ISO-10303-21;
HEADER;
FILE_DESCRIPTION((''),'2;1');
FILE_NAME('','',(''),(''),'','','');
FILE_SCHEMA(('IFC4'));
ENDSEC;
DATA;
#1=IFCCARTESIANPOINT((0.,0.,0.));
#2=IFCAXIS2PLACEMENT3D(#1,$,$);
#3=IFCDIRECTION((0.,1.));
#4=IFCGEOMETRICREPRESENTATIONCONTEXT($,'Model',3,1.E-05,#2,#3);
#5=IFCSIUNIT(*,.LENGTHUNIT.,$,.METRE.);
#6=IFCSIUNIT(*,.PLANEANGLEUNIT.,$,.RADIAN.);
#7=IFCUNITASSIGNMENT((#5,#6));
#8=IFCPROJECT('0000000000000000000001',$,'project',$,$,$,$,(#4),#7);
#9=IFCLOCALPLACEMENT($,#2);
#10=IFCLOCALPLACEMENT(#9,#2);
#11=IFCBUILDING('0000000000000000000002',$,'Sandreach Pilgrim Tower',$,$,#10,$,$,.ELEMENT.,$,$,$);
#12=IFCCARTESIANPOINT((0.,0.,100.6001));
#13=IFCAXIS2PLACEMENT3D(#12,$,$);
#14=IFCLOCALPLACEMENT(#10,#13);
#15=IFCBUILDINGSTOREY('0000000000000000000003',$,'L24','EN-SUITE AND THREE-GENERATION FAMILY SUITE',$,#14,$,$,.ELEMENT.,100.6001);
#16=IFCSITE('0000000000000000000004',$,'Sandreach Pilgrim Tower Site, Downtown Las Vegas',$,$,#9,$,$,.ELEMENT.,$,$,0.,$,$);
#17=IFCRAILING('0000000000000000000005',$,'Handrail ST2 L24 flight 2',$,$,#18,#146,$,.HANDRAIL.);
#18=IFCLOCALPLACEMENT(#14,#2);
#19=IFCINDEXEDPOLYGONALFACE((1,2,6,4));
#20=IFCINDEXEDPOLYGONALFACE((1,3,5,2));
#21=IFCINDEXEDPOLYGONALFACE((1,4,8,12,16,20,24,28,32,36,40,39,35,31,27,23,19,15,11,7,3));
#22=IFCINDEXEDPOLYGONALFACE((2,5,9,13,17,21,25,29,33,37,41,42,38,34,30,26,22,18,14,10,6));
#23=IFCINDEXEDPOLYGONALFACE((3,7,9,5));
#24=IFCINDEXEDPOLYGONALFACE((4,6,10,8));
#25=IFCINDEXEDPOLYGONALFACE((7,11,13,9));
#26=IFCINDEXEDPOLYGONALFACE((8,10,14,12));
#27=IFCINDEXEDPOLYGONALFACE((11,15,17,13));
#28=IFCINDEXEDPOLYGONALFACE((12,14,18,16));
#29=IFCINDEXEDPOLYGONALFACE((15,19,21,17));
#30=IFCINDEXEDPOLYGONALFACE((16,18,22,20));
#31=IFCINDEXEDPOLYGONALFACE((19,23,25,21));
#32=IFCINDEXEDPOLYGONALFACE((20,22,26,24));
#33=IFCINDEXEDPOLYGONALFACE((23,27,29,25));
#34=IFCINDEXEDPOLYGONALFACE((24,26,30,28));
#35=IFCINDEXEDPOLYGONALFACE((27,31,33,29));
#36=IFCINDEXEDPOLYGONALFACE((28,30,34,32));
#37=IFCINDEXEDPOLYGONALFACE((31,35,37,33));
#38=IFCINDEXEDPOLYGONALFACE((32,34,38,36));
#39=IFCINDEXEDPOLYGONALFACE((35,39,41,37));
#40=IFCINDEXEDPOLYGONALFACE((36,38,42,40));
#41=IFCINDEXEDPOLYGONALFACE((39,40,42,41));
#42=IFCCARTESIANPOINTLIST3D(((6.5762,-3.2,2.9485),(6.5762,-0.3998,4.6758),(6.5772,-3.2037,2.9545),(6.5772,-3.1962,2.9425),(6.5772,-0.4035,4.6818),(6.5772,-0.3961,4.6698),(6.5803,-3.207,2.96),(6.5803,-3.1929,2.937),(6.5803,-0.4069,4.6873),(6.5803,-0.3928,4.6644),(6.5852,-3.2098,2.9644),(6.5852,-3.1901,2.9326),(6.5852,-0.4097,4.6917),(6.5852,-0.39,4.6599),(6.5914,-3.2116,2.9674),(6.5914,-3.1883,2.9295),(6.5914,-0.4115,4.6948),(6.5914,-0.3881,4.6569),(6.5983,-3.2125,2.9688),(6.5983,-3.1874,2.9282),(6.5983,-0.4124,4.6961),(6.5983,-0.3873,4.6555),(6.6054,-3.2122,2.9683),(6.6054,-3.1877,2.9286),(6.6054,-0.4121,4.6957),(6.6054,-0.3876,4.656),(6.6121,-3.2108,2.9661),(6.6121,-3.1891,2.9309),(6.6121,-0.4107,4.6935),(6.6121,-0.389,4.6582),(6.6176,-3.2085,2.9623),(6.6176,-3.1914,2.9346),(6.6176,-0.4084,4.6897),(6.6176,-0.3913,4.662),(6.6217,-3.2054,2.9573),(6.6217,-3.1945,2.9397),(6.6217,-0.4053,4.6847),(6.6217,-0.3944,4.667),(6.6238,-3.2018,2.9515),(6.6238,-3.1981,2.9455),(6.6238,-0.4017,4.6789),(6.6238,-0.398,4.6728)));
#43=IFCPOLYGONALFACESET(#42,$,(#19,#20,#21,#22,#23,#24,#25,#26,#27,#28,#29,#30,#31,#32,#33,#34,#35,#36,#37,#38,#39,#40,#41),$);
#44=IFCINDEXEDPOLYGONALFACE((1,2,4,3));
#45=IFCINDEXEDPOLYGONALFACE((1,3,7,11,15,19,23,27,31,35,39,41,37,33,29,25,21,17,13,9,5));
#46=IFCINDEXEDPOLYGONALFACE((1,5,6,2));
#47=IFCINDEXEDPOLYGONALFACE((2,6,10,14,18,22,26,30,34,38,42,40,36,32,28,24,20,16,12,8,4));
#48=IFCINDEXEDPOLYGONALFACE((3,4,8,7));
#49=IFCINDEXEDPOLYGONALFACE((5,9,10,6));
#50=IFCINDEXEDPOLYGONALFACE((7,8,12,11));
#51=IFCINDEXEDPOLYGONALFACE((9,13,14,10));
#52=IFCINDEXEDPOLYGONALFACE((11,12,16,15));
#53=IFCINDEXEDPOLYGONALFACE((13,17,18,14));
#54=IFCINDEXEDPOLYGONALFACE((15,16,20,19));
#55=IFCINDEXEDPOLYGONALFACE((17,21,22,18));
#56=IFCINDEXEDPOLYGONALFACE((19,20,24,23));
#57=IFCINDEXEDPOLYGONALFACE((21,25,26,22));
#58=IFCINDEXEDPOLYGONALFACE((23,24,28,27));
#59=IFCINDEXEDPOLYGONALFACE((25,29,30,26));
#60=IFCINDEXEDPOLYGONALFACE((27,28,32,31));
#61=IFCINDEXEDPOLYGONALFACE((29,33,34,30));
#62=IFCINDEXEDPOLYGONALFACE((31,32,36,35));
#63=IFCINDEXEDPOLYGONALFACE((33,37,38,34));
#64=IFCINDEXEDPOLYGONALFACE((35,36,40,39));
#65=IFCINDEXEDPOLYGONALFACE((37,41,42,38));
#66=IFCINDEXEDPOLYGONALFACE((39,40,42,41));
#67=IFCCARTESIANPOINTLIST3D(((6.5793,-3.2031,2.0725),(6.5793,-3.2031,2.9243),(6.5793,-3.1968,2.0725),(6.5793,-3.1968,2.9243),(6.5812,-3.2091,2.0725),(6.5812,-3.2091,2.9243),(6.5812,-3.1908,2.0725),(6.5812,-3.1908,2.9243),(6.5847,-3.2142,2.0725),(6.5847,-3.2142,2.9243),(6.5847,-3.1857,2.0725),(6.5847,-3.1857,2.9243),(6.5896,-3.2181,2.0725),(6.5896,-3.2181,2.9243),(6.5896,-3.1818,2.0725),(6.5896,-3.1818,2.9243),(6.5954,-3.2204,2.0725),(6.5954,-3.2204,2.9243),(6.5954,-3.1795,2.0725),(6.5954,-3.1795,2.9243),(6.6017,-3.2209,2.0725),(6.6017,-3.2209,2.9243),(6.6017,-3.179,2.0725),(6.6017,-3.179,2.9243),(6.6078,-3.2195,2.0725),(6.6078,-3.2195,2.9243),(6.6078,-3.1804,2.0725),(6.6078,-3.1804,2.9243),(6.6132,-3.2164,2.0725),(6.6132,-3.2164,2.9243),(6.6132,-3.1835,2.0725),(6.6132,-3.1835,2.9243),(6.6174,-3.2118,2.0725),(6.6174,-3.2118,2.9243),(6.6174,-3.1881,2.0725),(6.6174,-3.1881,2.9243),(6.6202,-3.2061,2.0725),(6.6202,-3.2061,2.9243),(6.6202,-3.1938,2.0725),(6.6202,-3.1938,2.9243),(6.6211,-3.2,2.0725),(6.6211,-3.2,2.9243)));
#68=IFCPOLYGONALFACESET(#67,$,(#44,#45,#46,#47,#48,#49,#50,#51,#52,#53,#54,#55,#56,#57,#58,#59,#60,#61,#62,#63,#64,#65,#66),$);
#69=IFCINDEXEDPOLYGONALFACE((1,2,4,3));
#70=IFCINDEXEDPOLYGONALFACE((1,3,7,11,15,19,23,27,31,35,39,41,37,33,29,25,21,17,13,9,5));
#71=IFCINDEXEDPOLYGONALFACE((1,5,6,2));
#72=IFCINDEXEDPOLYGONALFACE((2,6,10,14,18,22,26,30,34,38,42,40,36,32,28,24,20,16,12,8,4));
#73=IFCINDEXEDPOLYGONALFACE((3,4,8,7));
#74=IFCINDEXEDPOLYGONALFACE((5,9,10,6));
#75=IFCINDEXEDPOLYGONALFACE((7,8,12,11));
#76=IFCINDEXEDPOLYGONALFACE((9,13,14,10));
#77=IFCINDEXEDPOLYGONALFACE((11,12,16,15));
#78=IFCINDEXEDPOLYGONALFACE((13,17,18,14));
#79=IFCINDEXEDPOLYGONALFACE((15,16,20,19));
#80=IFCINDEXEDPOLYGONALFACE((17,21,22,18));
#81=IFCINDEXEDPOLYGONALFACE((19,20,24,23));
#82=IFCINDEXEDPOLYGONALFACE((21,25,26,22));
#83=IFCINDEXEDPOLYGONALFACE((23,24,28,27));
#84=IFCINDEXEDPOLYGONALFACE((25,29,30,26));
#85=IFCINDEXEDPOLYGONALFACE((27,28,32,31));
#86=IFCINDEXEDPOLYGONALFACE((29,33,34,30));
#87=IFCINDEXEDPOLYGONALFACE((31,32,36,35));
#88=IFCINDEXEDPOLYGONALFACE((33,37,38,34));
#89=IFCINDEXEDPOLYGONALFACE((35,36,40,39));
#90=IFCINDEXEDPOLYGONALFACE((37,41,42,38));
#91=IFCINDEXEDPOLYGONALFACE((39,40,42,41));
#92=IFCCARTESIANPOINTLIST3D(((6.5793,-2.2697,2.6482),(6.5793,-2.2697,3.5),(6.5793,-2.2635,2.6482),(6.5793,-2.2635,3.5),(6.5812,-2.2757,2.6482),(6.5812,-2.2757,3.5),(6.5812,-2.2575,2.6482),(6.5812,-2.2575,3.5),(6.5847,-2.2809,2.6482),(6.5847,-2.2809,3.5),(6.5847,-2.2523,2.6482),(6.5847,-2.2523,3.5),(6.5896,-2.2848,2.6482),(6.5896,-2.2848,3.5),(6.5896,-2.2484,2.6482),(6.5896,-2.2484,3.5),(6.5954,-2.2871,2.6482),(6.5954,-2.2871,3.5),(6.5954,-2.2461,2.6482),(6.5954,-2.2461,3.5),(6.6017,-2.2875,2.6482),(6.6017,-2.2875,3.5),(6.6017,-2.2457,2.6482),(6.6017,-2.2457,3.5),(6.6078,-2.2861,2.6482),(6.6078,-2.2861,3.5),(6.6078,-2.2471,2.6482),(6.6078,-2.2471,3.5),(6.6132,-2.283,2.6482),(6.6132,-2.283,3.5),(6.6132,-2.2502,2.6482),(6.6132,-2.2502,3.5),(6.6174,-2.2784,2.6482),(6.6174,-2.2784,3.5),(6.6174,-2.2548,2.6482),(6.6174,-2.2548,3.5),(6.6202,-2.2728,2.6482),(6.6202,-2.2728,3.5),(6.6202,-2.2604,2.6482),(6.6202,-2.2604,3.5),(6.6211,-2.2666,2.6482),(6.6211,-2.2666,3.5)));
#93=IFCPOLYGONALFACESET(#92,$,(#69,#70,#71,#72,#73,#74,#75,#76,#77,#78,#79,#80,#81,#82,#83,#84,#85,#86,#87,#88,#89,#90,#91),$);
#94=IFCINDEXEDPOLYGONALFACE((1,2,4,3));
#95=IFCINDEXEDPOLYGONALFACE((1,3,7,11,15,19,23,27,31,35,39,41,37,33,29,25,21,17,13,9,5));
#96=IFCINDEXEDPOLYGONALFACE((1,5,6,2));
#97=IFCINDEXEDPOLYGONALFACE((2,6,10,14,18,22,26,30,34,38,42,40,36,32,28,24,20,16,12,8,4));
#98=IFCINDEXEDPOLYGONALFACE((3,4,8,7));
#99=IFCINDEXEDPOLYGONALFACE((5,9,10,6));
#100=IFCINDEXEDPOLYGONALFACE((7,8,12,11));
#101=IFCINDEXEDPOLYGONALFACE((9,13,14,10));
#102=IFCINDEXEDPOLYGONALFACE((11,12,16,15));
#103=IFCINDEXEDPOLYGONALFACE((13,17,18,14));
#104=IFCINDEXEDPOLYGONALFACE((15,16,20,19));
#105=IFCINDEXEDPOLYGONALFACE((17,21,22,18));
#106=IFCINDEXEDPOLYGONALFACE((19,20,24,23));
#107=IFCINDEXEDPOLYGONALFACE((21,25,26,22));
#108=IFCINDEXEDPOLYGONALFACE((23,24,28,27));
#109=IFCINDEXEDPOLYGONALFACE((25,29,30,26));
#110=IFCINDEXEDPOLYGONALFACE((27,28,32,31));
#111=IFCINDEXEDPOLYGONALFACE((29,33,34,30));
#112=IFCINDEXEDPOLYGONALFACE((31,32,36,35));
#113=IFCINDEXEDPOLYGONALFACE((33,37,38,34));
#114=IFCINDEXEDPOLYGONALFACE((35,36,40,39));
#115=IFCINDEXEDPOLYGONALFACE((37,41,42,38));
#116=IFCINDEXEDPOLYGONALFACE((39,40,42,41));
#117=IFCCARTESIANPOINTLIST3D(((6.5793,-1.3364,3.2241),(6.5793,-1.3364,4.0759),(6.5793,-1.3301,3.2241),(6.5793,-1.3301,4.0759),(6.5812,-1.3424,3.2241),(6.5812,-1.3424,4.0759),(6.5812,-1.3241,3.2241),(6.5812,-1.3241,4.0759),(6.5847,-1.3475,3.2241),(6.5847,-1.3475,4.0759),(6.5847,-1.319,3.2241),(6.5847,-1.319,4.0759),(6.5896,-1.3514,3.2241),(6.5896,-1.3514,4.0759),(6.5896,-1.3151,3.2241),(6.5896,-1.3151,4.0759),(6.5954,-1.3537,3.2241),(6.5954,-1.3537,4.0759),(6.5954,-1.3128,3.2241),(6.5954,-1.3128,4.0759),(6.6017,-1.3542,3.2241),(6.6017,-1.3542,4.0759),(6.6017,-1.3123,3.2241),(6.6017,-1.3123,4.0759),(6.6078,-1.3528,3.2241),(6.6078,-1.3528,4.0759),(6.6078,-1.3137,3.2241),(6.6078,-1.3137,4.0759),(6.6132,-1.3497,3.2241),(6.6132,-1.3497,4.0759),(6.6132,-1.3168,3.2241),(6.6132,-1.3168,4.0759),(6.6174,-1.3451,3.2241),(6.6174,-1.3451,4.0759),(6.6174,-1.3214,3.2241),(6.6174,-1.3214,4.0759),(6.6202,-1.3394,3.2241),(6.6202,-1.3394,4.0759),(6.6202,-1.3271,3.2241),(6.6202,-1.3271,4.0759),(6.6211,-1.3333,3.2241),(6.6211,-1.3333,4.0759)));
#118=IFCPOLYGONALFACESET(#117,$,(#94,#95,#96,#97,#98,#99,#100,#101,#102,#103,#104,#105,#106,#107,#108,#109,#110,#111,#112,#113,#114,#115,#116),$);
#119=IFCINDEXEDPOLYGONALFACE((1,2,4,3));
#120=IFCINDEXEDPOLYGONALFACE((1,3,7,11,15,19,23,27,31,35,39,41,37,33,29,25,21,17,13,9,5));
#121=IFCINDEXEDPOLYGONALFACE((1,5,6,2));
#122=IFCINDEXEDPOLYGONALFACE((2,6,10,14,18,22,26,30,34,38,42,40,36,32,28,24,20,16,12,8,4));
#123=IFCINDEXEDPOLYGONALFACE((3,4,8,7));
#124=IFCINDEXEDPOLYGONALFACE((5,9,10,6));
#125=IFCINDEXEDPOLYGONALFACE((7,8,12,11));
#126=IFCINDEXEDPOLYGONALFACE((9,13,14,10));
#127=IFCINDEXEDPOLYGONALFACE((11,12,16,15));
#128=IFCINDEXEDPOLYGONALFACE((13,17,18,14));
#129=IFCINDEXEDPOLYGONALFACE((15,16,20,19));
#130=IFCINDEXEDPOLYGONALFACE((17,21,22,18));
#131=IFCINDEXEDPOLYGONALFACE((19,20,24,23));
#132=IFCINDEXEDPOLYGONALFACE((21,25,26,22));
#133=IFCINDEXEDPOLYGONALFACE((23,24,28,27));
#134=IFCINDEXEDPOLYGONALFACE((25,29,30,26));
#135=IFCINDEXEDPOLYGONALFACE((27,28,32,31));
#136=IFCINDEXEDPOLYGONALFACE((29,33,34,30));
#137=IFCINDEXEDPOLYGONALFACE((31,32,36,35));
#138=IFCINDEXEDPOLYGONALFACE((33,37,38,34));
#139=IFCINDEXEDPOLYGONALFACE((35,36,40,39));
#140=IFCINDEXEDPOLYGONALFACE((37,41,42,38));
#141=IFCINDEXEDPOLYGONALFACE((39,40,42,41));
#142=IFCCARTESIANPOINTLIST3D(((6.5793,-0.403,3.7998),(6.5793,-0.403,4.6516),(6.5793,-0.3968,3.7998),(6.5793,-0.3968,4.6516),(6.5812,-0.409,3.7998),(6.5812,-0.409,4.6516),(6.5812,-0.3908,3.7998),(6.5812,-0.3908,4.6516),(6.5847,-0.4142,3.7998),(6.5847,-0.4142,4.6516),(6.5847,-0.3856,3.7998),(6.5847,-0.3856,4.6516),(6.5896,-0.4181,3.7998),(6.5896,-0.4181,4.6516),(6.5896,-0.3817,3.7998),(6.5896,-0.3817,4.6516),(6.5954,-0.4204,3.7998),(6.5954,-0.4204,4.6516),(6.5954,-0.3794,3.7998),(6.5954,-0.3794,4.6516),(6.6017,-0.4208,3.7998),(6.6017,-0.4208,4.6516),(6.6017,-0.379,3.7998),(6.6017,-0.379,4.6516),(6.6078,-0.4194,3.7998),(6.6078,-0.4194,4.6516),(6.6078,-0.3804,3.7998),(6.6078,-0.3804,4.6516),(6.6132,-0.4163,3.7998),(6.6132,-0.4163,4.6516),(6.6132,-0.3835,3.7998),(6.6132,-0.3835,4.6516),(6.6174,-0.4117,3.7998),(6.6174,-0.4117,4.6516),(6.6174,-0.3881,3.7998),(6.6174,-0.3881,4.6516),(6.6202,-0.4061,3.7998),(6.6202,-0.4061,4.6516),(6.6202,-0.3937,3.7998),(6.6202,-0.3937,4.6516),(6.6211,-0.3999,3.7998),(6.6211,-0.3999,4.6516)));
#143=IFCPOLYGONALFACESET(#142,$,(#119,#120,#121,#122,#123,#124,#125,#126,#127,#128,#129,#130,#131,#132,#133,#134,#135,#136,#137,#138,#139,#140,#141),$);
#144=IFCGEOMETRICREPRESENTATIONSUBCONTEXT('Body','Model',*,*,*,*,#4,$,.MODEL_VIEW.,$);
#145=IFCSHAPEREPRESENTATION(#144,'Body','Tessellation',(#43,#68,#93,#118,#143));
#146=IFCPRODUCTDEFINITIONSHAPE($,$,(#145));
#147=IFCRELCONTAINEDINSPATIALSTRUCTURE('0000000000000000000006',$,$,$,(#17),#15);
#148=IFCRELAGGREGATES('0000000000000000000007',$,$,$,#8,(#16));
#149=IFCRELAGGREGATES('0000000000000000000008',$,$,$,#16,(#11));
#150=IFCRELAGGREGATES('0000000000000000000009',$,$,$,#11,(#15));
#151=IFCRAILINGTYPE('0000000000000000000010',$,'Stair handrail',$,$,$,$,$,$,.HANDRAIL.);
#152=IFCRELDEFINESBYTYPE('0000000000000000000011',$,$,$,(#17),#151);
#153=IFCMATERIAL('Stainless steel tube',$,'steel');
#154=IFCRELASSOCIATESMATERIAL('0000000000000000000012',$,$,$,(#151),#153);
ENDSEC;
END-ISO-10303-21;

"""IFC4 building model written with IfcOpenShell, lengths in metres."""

from ifc_helpers import new_model, si_unit, direction, frame, origin, origin_2d, place, context, subcontext, project, spatial, circle, extrude, material, type_object, element, save


model = new_model("IFC4")

# Units and contexts
model_context = context("Model", 3, precision=1e-05, world=origin(), true_north=direction((0.0, 1.0)))
body_context = subcontext(model_context, "Body", "Model", "MODEL_VIEW")
ifc_project = project(units=[si_unit("LENGTHUNIT", "METRE"), si_unit("PLANEANGLEUNIT", "RADIAN")], contexts=[model_context])

# Site, building, storey
site_placement = place(None, origin())
site = spatial("IfcSite", under=ifc_project, at=site_placement, Name="Sandreach Pilgrim Tower Site, Downtown Las Vegas", CompositionType="ELEMENT", RefElevation=0.0)
building_placement = place(site_placement, origin())
building = spatial("IfcBuilding", under=site, at=building_placement, Name="Sandreach Pilgrim Tower", CompositionType="ELEMENT")
storey_placement = place(building_placement, frame((0.0, 0.0, 100.6001)))
storey = spatial("IfcBuildingStorey", under=building, at=storey_placement, Name="L24", Description="EN-SUITE AND THREE-GENERATION FAMILY SUITE", CompositionType="ELEMENT", Elevation=100.6001)

# Railing
ifc_material_1 = material(Name="Stainless steel tube", Category="steel")
railing_type = type_object("IfcRailingType", Name="Stair handrail", PredefinedType="HANDRAIL", material=ifc_material_1)
for number, where, name in (
    (1, (6.6001, -3.2, 2.0725), "Handrail ST2 L24 flight 2"),
):
    element("IfcRailing", number, at=place(storey_placement, frame(where)), inside=storey, type_object=railing_type, Name=name, PredefinedType="HANDRAIL", context=body_context, shape_type="SweptSolid", body=[
        extrude(circle(Radius=0.0239, at=origin_2d()), frame((0.0, 0.0, 0.876), z_axis=(0.0, 0.85109, 0.52502), x_axis=(-1.0, 0.0, 0.0)), (0.0, 0.0, 1.0), 3.29),
        extrude(circle(Radius=0.021, at=origin_2d()), origin(), (0.0, 0.0, 1.0), 0.8518),
        extrude(circle(Radius=0.021, at=origin_2d()), frame((0.0, 0.9333, 0.5757)), (0.0, 0.0, 1.0), 0.8518),
        extrude(circle(Radius=0.021, at=origin_2d()), frame((0.0, 1.8667, 1.1516)), (0.0, 0.0, 1.0), 0.8518),
        extrude(circle(Radius=0.021, at=origin_2d()), frame((0.0, 2.8, 1.7273)), (0.0, 0.0, 1.0), 0.8518),
    ])

save(model, "model.ifc")
